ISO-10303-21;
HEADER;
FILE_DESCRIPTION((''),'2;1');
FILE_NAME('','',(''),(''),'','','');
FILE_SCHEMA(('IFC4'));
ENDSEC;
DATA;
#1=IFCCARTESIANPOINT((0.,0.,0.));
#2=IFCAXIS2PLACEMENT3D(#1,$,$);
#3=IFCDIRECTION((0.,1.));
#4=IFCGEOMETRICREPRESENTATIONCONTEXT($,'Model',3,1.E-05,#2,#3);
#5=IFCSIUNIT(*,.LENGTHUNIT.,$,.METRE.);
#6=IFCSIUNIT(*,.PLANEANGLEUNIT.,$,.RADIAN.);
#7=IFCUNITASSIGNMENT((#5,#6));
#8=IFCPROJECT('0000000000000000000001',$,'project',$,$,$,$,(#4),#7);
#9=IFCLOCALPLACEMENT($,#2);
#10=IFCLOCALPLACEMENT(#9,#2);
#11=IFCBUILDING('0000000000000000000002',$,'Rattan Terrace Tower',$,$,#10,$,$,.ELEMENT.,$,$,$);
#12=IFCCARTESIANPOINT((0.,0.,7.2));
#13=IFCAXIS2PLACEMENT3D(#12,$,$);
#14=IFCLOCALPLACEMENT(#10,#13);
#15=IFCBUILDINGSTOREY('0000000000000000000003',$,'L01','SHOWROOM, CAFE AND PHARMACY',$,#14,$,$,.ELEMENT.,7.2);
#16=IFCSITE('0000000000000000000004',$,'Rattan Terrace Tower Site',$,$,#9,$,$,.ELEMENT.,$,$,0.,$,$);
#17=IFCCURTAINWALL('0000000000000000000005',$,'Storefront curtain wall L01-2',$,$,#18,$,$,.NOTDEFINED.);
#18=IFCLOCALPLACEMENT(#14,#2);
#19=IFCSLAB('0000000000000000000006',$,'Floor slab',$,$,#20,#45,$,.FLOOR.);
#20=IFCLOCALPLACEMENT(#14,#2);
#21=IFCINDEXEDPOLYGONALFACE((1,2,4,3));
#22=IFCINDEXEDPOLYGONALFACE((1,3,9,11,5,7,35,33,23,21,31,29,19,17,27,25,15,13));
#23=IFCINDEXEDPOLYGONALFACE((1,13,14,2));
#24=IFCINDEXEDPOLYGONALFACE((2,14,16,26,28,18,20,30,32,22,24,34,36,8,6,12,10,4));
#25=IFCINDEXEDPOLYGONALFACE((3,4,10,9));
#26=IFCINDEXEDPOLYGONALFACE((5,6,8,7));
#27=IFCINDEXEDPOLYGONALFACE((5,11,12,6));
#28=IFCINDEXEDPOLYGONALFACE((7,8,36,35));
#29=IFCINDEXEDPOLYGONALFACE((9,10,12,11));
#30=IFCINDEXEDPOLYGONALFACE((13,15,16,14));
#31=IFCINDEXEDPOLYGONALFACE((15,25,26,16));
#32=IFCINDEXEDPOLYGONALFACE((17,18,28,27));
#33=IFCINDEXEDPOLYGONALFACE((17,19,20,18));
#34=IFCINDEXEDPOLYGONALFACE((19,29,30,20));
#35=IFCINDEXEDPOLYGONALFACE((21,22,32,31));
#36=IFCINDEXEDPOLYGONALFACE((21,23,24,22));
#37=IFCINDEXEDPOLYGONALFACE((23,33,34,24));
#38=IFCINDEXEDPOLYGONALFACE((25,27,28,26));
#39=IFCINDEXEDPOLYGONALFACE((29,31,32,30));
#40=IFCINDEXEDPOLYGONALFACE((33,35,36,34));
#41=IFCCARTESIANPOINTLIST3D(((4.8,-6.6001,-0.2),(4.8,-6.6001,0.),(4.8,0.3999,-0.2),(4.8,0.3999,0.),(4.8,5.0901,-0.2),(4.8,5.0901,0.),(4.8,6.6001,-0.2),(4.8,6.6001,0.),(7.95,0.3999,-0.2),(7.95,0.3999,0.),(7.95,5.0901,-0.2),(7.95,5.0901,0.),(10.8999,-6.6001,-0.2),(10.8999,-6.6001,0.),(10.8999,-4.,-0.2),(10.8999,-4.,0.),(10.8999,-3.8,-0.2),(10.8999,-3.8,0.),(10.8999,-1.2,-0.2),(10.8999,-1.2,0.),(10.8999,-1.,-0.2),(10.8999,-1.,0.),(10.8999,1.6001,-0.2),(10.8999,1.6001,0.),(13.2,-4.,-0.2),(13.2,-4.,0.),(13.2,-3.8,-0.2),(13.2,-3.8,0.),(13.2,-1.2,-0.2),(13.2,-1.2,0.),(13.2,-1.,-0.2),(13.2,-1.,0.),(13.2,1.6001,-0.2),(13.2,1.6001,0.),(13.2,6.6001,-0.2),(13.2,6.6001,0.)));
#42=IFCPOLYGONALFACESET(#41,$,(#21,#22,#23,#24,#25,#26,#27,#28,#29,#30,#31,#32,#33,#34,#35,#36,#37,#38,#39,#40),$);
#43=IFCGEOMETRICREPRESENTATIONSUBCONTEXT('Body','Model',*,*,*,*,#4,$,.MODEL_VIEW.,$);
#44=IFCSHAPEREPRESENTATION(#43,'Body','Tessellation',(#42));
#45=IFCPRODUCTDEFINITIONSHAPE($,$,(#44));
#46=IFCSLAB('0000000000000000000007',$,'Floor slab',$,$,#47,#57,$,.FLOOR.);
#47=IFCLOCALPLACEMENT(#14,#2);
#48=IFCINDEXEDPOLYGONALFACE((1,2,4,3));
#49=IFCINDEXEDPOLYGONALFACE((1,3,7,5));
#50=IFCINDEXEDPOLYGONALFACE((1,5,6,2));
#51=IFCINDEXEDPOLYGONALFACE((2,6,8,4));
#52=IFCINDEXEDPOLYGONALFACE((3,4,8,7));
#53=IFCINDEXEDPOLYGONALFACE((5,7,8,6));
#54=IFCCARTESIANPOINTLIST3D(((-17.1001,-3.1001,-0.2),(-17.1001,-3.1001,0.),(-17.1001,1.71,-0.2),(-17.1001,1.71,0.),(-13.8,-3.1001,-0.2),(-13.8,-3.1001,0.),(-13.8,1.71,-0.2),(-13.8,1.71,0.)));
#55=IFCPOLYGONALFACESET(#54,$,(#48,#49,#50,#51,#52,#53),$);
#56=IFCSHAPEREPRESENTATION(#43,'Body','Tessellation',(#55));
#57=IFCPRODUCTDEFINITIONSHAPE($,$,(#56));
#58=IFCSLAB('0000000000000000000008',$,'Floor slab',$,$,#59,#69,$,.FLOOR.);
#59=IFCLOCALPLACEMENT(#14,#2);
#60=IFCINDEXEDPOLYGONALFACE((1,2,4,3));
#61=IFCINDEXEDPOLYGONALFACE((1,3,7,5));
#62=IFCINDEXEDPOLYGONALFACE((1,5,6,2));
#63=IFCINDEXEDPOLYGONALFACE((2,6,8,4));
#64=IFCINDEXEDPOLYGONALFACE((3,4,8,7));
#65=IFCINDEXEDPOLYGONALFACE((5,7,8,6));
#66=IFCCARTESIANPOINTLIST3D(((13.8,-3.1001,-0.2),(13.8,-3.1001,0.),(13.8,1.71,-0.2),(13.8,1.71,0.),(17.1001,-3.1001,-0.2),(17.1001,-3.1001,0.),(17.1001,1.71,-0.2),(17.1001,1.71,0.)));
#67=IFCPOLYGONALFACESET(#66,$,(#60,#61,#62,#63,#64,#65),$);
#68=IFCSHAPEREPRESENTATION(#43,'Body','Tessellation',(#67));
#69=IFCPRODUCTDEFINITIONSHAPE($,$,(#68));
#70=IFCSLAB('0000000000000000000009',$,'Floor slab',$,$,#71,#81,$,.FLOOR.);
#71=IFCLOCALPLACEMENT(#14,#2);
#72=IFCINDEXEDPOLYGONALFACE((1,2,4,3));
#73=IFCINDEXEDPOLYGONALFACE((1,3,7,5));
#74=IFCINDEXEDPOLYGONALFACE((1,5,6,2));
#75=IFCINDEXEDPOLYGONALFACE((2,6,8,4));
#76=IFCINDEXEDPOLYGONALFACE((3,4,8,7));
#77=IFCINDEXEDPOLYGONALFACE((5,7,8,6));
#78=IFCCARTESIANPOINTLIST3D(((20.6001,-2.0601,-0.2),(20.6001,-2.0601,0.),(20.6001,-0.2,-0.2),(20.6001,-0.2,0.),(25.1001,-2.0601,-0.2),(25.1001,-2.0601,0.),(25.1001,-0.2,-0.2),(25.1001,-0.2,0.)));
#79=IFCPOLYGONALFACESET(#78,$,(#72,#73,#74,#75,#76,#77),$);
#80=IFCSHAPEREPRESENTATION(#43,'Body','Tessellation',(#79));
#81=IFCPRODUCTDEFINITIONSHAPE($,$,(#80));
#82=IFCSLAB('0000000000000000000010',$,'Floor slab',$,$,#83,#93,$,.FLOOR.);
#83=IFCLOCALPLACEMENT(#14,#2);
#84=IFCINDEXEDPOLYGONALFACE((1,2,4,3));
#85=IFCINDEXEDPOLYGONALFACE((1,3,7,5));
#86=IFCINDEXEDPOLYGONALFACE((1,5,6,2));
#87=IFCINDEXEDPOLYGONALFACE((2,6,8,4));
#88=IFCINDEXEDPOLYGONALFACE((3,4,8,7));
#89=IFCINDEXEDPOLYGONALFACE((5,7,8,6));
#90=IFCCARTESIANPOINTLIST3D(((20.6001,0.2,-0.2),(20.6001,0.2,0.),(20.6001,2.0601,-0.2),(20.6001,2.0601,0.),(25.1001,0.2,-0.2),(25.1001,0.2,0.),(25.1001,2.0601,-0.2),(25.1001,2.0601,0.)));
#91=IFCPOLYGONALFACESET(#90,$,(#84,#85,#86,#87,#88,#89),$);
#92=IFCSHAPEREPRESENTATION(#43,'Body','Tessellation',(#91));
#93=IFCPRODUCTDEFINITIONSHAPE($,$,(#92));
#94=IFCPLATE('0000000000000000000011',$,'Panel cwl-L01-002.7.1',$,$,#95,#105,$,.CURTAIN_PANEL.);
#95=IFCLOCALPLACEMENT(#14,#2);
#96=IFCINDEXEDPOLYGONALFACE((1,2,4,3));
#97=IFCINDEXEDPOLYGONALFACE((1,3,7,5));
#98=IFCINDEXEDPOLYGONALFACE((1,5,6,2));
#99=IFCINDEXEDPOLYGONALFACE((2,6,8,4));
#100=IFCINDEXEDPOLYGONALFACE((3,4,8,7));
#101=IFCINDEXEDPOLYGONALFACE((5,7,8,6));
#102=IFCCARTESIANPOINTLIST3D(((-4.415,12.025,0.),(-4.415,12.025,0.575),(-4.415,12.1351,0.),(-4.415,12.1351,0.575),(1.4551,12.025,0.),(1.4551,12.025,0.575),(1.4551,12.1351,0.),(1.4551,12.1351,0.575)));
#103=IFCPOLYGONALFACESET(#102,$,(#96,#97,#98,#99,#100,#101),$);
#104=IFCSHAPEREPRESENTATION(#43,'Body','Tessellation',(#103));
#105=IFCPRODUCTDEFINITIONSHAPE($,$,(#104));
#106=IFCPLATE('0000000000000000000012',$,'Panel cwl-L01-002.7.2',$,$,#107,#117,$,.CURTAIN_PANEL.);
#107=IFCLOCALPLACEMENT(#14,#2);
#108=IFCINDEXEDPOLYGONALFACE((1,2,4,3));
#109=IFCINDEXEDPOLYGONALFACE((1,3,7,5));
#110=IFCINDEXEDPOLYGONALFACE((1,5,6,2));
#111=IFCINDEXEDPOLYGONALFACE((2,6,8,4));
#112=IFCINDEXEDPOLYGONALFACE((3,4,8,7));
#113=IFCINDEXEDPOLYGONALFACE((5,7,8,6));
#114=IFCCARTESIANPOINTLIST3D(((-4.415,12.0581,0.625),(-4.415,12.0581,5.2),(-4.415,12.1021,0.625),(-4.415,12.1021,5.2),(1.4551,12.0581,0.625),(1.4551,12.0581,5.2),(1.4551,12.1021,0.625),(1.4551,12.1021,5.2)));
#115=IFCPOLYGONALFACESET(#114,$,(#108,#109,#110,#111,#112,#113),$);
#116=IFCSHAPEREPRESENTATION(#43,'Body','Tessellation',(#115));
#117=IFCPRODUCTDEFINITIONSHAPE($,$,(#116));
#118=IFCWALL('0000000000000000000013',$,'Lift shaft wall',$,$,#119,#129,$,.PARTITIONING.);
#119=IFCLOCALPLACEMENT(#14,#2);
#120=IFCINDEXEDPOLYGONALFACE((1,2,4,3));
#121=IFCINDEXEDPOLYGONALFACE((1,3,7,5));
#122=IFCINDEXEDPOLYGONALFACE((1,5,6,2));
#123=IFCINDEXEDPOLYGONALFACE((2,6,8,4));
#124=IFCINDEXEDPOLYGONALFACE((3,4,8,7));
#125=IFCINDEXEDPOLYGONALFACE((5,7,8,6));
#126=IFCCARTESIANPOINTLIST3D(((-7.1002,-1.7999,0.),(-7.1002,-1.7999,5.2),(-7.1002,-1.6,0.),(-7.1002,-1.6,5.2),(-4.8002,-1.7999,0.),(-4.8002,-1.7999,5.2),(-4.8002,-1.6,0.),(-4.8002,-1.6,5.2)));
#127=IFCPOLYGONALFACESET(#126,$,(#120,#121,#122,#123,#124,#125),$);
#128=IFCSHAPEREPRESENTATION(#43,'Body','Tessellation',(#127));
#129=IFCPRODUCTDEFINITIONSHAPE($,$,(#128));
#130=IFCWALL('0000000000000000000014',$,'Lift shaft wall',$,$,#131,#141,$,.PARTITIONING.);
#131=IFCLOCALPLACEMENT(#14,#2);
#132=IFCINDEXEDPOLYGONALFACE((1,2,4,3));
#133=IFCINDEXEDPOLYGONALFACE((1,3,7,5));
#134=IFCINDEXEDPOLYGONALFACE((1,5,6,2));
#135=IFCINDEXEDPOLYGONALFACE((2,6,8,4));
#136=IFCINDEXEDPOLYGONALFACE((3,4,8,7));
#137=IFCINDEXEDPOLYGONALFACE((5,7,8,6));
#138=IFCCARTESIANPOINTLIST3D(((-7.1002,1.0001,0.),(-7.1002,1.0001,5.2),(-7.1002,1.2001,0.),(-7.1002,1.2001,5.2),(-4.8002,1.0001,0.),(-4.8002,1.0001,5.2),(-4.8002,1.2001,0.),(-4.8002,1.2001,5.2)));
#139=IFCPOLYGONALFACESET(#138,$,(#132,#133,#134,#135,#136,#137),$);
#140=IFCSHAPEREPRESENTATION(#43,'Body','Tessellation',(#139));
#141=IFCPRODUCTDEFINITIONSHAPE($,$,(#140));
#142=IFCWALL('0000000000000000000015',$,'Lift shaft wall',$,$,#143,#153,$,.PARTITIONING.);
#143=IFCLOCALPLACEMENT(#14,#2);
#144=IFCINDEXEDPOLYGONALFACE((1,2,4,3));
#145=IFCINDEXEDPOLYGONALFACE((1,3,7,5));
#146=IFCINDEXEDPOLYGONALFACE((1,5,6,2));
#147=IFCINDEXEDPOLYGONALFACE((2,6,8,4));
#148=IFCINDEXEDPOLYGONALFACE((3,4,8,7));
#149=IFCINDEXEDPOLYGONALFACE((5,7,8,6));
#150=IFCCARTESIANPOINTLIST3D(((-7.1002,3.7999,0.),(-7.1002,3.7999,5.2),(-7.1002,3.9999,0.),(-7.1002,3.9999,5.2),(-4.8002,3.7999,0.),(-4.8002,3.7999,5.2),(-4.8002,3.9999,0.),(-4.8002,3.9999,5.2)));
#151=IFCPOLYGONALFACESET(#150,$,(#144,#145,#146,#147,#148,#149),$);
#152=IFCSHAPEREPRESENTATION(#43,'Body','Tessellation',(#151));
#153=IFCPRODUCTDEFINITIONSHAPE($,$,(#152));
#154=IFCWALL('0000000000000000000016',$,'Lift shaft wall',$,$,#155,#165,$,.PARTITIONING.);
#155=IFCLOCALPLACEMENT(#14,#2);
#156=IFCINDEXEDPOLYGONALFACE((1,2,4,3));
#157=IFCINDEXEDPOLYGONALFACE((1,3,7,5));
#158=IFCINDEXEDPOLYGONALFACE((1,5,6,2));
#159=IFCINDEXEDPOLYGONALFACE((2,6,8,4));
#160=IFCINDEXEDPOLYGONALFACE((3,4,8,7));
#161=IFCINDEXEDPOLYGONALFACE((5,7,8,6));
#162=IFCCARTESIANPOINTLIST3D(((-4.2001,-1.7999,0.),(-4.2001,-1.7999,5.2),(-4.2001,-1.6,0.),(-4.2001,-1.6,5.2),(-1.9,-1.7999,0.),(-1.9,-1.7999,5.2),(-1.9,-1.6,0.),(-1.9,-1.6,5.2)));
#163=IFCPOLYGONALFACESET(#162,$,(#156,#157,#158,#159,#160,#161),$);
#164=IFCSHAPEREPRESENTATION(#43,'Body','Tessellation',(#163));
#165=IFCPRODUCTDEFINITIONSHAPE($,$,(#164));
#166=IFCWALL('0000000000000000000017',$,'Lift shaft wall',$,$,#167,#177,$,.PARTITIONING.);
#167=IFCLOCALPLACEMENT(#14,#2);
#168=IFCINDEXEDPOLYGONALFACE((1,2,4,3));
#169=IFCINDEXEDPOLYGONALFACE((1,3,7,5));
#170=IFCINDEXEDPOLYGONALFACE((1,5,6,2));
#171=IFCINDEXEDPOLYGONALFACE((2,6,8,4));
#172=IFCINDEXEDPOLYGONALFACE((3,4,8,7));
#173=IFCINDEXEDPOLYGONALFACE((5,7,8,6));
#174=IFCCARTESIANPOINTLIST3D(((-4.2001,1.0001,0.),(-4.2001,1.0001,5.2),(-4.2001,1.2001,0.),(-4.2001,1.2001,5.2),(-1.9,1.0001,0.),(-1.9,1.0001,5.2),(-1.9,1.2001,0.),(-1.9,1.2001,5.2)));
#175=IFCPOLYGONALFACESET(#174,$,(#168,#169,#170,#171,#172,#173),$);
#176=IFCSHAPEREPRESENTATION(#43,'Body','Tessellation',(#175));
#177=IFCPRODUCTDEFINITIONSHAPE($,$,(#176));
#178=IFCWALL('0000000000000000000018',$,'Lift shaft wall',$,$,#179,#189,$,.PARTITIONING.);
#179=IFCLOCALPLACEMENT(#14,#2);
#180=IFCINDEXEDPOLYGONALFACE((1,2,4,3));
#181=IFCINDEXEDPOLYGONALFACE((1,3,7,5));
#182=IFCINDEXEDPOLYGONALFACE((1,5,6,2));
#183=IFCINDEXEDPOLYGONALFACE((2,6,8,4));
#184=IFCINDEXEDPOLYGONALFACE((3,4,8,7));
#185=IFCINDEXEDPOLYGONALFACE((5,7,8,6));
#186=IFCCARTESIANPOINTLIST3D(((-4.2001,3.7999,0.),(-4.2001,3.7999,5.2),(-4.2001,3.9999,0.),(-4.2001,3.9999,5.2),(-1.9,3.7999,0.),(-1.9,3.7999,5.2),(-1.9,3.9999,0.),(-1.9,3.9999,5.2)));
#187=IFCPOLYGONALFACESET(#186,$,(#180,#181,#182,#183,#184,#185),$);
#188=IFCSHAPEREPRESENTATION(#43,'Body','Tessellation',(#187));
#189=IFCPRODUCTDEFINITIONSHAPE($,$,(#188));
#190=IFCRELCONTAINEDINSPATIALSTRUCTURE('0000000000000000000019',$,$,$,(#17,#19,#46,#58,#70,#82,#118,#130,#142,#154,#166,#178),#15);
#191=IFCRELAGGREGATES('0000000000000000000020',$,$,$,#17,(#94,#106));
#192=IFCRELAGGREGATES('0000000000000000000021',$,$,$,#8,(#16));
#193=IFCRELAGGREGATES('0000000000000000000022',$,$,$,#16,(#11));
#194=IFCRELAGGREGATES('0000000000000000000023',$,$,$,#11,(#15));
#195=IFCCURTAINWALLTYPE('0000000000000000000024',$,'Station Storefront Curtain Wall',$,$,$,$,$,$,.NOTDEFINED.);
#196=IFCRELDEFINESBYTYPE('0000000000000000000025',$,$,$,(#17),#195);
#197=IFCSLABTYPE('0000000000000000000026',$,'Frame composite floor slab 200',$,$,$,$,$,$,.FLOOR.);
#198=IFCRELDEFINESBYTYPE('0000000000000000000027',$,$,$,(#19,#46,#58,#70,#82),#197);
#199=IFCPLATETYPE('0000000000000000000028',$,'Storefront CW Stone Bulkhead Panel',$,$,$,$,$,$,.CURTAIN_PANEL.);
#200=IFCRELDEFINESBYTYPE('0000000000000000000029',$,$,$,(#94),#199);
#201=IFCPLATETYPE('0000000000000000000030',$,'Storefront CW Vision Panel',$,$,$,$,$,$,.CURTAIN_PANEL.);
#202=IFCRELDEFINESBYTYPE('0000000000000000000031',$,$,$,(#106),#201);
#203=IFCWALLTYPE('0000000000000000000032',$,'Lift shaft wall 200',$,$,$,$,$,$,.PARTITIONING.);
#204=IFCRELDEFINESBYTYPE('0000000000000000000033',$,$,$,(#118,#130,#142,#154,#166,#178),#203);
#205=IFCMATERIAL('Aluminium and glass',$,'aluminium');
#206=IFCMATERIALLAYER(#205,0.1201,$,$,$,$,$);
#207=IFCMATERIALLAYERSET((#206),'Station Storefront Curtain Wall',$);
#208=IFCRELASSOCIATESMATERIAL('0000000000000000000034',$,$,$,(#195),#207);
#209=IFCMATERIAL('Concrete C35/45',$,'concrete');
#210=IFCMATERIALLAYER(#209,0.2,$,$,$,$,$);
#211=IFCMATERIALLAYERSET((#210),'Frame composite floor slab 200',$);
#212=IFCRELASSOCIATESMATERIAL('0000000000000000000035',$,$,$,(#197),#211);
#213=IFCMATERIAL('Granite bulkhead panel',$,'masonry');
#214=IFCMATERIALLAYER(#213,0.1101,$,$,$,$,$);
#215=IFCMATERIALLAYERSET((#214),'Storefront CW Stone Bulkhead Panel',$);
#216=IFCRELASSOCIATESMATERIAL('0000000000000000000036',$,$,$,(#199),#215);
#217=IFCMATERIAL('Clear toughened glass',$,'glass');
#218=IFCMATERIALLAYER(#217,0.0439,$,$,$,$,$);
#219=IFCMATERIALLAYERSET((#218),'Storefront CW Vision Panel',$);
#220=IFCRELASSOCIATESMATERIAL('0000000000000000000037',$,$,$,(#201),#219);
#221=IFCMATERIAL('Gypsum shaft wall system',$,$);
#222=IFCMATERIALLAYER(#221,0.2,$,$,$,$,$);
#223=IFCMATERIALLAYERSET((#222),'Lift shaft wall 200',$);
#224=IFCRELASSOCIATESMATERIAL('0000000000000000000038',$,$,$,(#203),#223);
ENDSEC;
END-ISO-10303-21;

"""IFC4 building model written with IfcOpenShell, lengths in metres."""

from ifc_helpers import new_model, si_unit, direction, frame, frame_2d, origin, origin_2d, place, context, subcontext, project, spatial, polyline, rectangle, outline, extrude, material, layer, layer_set, type_object, element, aggregate, save


model = new_model("IFC4")

# Units and contexts
model_context = context("Model", 3, precision=1e-05, world=origin(), true_north=direction((0.0, 1.0)))
body_context = subcontext(model_context, "Body", "Model", "MODEL_VIEW")
ifc_project = project(units=[si_unit("LENGTHUNIT", "METRE"), si_unit("PLANEANGLEUNIT", "RADIAN")], contexts=[model_context])

# Site, building, storey
site_placement = place(None, origin())
site = spatial("IfcSite", under=ifc_project, at=site_placement, Name="Rattan Terrace Tower Site", CompositionType="ELEMENT", RefElevation=0.0)
building_placement = place(site_placement, origin())
building = spatial("IfcBuilding", under=site, at=building_placement, Name="Rattan Terrace Tower", CompositionType="ELEMENT")
storey_placement = place(building_placement, frame((0.0, 0.0, 7.2)))
storey = spatial("IfcBuildingStorey", under=building, at=storey_placement, Name="L01", Description="SHOWROOM, CAFE AND PHARMACY", CompositionType="ELEMENT", Elevation=7.2)

# Curtain wall
ifc_material_1 = material(Name="Aluminium and glass", Category="aluminium")
ifc_layer_1 = layer(ifc_material_1, 0.1201)
ifc_layer_set_1 = layer_set([ifc_layer_1], Name="Station Storefront Curtain Wall")
curtain_wall_type = type_object("IfcCurtainWallType", Name="Station Storefront Curtain Wall", PredefinedType="NOTDEFINED", material=ifc_layer_set_1)
curtain_wall_placement = place(storey_placement, origin())
curtain_wall = element("IfcCurtainWall", 1, at=curtain_wall_placement, inside=storey, type_object=curtain_wall_type, Name="Storefront curtain wall L01-2", PredefinedType="NOTDEFINED")

# Slabs
ifc_material_2 = material(Name="Concrete C35/45", Category="concrete")
ifc_layer_2 = layer(ifc_material_2, 0.2)
ifc_layer_set_2 = layer_set([ifc_layer_2], Name="Frame composite floor slab 200")
slab_type_1 = type_object("IfcSlabType", Name="Frame composite floor slab 200", PredefinedType="FLOOR", material=ifc_layer_set_2)
slab_1_placement = place(storey_placement, frame((0.0, 0.0, -0.2)))
element("IfcSlab", 2, at=slab_1_placement, inside=storey, type_object=slab_type_1, Name="Floor slab", PredefinedType="FLOOR", context=body_context, shape_type="SweptSolid", body=[
    extrude(outline(polyline([(4.8, -6.6001), (10.8999, -6.6001), (10.8999, -4.0), (13.2, -4.0), (13.2, -3.8), (10.8999, -3.8), (10.8999, -1.2), (13.2, -1.2), (13.2, -1.0), (10.8999, -1.0), (10.8999, 1.6001), (13.2, 1.6001), (13.2, 6.6001), (4.8, 6.6001), (4.8, 5.0901), (7.95, 5.0901), (7.95, 0.3999), (4.8, 0.3999), (4.8, -6.6001)])), origin(), (0.0, 0.0, 1.0), 0.2),
])
slab_2_placement = place(storey_placement, frame((0.0, 0.0, -0.2)))
element("IfcSlab", 3, at=slab_2_placement, inside=storey, type_object=slab_type_1, Name="Floor slab", PredefinedType="FLOOR", context=body_context, shape_type="SweptSolid", body=[
    extrude(outline(polyline([(-17.1001, -3.1001), (-13.8, -3.1001), (-13.8, 1.71), (-17.1001, 1.71), (-17.1001, -3.1001)])), origin(), (0.0, 0.0, 1.0), 0.2),
])
slab_3_placement = place(storey_placement, frame((0.0, 0.0, -0.2)))
element("IfcSlab", 4, at=slab_3_placement, inside=storey, type_object=slab_type_1, Name="Floor slab", PredefinedType="FLOOR", context=body_context, shape_type="SweptSolid", body=[
    extrude(outline(polyline([(17.1001, -3.1001), (17.1001, 1.71), (13.8, 1.71), (13.8, -3.1001), (17.1001, -3.1001)])), origin(), (0.0, 0.0, 1.0), 0.2),
])
slab_4_placement = place(storey_placement, frame((0.0, 0.0, -0.2)))
element("IfcSlab", 5, at=slab_4_placement, inside=storey, type_object=slab_type_1, Name="Floor slab", PredefinedType="FLOOR", context=body_context, shape_type="SweptSolid", body=[
    extrude(outline(polyline([(20.6001, -0.2), (20.6001, -2.0601), (25.1001, -2.0601), (25.1001, -0.2), (20.6001, -0.2)])), origin(), (0.0, 0.0, 1.0), 0.2),
])
slab_5_placement = place(storey_placement, frame((0.0, 0.0, -0.2)))
element("IfcSlab", 6, at=slab_5_placement, inside=storey, type_object=slab_type_1, Name="Floor slab", PredefinedType="FLOOR", context=body_context, shape_type="SweptSolid", body=[
    extrude(outline(polyline([(20.6001, 0.2), (25.1001, 0.2), (25.1001, 2.0601), (20.6001, 2.0601), (20.6001, 0.2)])), origin(), (0.0, 0.0, 1.0), 0.2),
])

# Plates
ifc_material_3 = material(Name="Granite bulkhead panel", Category="masonry")
ifc_layer_3 = layer(ifc_material_3, 0.1101)
ifc_layer_set_3 = layer_set([ifc_layer_3], Name="Storefront CW Stone Bulkhead Panel")
plate_type_1 = type_object("IfcPlateType", Name="Storefront CW Stone Bulkhead Panel", PredefinedType="CURTAIN_PANEL", material=ifc_layer_set_3)
plate_1_placement = place(storey_placement, frame((-1.48, 12.0801, 0.0), z_axis=(0.0, 0.0, 1.0), x_axis=(-1.0, 0.0, 0.0)))
plate_1 = element("IfcPlate", 7, at=plate_1_placement, type_object=plate_type_1, Name="Panel cwl-L01-002.7.1", PredefinedType="CURTAIN_PANEL", context=body_context, shape_type="SweptSolid", body=[
    extrude(rectangle(XDim=5.8701, YDim=0.1101, at=origin_2d()), origin(), (0.0, 0.0, 1.0), 0.575),
])
ifc_material_4 = material(Name="Clear toughened glass", Category="glass")
ifc_layer_4 = layer(ifc_material_4, 0.0439)
ifc_layer_set_4 = layer_set([ifc_layer_4], Name="Storefront CW Vision Panel")
plate_type_2 = type_object("IfcPlateType", Name="Storefront CW Vision Panel", PredefinedType="CURTAIN_PANEL", material=ifc_layer_set_4)
plate_2_placement = place(storey_placement, frame((-1.48, 12.0801, 0.625), z_axis=(0.0, 0.0, 1.0), x_axis=(-1.0, 0.0, 0.0)))
plate_2 = element("IfcPlate", 8, at=plate_2_placement, type_object=plate_type_2, Name="Panel cwl-L01-002.7.2", PredefinedType="CURTAIN_PANEL", context=body_context, shape_type="SweptSolid", body=[
    extrude(rectangle(XDim=5.8701, YDim=0.0439, at=origin_2d()), origin(), (0.0, 0.0, 1.0), 4.575),
])
aggregate(curtain_wall, [plate_1, plate_2])

# Walls
ifc_material_5 = material(Name="Gypsum shaft wall system")
ifc_layer_5 = layer(ifc_material_5, 0.2)
ifc_layer_set_5 = layer_set([ifc_layer_5], Name="Lift shaft wall 200")
wall_type = type_object("IfcWallType", Name="Lift shaft wall 200", PredefinedType="PARTITIONING", material=ifc_layer_set_5)
for number, where, z_axis, x_axis, name in (
    (9, (-7.1001, -1.7, 0.0), (0.0, 0.0, 1.0), (1.0, 0.0, 0.0), "Lift shaft wall"),
    (10, (-7.1001, 1.1001, 0.0), (0.0, 0.0, 1.0), (1.0, 0.0, 0.0), "Lift shaft wall"),
    (11, (-7.1001, 3.8999, 0.0), (0.0, 0.0, 1.0), (1.0, 0.0, 0.0), "Lift shaft wall"),
    (12, (-4.2, -1.7, 0.0), (0.0, 0.0, 1.0), (1.0, 0.0, 0.0), "Lift shaft wall"),
    (13, (-4.2, 1.1001, 0.0), (0.0, 0.0, 1.0), (1.0, 0.0, 0.0), "Lift shaft wall"),
    (14, (-4.2, 3.8999, 0.0), (0.0, 0.0, 1.0), (1.0, 0.0, 0.0), "Lift shaft wall"),
):
    element("IfcWall", number, at=place(storey_placement, frame(where, z_axis=z_axis, x_axis=x_axis)), inside=storey, type_object=wall_type, Name=name, PredefinedType="PARTITIONING", context=body_context, shape_type="SweptSolid", body=[
        extrude(rectangle(XDim=2.3, YDim=0.2, at=frame_2d((1.1499, 0.0))), origin(), (0.0, 0.0, 1.0), 5.2),
    ])

save(model, "model.ifc")
